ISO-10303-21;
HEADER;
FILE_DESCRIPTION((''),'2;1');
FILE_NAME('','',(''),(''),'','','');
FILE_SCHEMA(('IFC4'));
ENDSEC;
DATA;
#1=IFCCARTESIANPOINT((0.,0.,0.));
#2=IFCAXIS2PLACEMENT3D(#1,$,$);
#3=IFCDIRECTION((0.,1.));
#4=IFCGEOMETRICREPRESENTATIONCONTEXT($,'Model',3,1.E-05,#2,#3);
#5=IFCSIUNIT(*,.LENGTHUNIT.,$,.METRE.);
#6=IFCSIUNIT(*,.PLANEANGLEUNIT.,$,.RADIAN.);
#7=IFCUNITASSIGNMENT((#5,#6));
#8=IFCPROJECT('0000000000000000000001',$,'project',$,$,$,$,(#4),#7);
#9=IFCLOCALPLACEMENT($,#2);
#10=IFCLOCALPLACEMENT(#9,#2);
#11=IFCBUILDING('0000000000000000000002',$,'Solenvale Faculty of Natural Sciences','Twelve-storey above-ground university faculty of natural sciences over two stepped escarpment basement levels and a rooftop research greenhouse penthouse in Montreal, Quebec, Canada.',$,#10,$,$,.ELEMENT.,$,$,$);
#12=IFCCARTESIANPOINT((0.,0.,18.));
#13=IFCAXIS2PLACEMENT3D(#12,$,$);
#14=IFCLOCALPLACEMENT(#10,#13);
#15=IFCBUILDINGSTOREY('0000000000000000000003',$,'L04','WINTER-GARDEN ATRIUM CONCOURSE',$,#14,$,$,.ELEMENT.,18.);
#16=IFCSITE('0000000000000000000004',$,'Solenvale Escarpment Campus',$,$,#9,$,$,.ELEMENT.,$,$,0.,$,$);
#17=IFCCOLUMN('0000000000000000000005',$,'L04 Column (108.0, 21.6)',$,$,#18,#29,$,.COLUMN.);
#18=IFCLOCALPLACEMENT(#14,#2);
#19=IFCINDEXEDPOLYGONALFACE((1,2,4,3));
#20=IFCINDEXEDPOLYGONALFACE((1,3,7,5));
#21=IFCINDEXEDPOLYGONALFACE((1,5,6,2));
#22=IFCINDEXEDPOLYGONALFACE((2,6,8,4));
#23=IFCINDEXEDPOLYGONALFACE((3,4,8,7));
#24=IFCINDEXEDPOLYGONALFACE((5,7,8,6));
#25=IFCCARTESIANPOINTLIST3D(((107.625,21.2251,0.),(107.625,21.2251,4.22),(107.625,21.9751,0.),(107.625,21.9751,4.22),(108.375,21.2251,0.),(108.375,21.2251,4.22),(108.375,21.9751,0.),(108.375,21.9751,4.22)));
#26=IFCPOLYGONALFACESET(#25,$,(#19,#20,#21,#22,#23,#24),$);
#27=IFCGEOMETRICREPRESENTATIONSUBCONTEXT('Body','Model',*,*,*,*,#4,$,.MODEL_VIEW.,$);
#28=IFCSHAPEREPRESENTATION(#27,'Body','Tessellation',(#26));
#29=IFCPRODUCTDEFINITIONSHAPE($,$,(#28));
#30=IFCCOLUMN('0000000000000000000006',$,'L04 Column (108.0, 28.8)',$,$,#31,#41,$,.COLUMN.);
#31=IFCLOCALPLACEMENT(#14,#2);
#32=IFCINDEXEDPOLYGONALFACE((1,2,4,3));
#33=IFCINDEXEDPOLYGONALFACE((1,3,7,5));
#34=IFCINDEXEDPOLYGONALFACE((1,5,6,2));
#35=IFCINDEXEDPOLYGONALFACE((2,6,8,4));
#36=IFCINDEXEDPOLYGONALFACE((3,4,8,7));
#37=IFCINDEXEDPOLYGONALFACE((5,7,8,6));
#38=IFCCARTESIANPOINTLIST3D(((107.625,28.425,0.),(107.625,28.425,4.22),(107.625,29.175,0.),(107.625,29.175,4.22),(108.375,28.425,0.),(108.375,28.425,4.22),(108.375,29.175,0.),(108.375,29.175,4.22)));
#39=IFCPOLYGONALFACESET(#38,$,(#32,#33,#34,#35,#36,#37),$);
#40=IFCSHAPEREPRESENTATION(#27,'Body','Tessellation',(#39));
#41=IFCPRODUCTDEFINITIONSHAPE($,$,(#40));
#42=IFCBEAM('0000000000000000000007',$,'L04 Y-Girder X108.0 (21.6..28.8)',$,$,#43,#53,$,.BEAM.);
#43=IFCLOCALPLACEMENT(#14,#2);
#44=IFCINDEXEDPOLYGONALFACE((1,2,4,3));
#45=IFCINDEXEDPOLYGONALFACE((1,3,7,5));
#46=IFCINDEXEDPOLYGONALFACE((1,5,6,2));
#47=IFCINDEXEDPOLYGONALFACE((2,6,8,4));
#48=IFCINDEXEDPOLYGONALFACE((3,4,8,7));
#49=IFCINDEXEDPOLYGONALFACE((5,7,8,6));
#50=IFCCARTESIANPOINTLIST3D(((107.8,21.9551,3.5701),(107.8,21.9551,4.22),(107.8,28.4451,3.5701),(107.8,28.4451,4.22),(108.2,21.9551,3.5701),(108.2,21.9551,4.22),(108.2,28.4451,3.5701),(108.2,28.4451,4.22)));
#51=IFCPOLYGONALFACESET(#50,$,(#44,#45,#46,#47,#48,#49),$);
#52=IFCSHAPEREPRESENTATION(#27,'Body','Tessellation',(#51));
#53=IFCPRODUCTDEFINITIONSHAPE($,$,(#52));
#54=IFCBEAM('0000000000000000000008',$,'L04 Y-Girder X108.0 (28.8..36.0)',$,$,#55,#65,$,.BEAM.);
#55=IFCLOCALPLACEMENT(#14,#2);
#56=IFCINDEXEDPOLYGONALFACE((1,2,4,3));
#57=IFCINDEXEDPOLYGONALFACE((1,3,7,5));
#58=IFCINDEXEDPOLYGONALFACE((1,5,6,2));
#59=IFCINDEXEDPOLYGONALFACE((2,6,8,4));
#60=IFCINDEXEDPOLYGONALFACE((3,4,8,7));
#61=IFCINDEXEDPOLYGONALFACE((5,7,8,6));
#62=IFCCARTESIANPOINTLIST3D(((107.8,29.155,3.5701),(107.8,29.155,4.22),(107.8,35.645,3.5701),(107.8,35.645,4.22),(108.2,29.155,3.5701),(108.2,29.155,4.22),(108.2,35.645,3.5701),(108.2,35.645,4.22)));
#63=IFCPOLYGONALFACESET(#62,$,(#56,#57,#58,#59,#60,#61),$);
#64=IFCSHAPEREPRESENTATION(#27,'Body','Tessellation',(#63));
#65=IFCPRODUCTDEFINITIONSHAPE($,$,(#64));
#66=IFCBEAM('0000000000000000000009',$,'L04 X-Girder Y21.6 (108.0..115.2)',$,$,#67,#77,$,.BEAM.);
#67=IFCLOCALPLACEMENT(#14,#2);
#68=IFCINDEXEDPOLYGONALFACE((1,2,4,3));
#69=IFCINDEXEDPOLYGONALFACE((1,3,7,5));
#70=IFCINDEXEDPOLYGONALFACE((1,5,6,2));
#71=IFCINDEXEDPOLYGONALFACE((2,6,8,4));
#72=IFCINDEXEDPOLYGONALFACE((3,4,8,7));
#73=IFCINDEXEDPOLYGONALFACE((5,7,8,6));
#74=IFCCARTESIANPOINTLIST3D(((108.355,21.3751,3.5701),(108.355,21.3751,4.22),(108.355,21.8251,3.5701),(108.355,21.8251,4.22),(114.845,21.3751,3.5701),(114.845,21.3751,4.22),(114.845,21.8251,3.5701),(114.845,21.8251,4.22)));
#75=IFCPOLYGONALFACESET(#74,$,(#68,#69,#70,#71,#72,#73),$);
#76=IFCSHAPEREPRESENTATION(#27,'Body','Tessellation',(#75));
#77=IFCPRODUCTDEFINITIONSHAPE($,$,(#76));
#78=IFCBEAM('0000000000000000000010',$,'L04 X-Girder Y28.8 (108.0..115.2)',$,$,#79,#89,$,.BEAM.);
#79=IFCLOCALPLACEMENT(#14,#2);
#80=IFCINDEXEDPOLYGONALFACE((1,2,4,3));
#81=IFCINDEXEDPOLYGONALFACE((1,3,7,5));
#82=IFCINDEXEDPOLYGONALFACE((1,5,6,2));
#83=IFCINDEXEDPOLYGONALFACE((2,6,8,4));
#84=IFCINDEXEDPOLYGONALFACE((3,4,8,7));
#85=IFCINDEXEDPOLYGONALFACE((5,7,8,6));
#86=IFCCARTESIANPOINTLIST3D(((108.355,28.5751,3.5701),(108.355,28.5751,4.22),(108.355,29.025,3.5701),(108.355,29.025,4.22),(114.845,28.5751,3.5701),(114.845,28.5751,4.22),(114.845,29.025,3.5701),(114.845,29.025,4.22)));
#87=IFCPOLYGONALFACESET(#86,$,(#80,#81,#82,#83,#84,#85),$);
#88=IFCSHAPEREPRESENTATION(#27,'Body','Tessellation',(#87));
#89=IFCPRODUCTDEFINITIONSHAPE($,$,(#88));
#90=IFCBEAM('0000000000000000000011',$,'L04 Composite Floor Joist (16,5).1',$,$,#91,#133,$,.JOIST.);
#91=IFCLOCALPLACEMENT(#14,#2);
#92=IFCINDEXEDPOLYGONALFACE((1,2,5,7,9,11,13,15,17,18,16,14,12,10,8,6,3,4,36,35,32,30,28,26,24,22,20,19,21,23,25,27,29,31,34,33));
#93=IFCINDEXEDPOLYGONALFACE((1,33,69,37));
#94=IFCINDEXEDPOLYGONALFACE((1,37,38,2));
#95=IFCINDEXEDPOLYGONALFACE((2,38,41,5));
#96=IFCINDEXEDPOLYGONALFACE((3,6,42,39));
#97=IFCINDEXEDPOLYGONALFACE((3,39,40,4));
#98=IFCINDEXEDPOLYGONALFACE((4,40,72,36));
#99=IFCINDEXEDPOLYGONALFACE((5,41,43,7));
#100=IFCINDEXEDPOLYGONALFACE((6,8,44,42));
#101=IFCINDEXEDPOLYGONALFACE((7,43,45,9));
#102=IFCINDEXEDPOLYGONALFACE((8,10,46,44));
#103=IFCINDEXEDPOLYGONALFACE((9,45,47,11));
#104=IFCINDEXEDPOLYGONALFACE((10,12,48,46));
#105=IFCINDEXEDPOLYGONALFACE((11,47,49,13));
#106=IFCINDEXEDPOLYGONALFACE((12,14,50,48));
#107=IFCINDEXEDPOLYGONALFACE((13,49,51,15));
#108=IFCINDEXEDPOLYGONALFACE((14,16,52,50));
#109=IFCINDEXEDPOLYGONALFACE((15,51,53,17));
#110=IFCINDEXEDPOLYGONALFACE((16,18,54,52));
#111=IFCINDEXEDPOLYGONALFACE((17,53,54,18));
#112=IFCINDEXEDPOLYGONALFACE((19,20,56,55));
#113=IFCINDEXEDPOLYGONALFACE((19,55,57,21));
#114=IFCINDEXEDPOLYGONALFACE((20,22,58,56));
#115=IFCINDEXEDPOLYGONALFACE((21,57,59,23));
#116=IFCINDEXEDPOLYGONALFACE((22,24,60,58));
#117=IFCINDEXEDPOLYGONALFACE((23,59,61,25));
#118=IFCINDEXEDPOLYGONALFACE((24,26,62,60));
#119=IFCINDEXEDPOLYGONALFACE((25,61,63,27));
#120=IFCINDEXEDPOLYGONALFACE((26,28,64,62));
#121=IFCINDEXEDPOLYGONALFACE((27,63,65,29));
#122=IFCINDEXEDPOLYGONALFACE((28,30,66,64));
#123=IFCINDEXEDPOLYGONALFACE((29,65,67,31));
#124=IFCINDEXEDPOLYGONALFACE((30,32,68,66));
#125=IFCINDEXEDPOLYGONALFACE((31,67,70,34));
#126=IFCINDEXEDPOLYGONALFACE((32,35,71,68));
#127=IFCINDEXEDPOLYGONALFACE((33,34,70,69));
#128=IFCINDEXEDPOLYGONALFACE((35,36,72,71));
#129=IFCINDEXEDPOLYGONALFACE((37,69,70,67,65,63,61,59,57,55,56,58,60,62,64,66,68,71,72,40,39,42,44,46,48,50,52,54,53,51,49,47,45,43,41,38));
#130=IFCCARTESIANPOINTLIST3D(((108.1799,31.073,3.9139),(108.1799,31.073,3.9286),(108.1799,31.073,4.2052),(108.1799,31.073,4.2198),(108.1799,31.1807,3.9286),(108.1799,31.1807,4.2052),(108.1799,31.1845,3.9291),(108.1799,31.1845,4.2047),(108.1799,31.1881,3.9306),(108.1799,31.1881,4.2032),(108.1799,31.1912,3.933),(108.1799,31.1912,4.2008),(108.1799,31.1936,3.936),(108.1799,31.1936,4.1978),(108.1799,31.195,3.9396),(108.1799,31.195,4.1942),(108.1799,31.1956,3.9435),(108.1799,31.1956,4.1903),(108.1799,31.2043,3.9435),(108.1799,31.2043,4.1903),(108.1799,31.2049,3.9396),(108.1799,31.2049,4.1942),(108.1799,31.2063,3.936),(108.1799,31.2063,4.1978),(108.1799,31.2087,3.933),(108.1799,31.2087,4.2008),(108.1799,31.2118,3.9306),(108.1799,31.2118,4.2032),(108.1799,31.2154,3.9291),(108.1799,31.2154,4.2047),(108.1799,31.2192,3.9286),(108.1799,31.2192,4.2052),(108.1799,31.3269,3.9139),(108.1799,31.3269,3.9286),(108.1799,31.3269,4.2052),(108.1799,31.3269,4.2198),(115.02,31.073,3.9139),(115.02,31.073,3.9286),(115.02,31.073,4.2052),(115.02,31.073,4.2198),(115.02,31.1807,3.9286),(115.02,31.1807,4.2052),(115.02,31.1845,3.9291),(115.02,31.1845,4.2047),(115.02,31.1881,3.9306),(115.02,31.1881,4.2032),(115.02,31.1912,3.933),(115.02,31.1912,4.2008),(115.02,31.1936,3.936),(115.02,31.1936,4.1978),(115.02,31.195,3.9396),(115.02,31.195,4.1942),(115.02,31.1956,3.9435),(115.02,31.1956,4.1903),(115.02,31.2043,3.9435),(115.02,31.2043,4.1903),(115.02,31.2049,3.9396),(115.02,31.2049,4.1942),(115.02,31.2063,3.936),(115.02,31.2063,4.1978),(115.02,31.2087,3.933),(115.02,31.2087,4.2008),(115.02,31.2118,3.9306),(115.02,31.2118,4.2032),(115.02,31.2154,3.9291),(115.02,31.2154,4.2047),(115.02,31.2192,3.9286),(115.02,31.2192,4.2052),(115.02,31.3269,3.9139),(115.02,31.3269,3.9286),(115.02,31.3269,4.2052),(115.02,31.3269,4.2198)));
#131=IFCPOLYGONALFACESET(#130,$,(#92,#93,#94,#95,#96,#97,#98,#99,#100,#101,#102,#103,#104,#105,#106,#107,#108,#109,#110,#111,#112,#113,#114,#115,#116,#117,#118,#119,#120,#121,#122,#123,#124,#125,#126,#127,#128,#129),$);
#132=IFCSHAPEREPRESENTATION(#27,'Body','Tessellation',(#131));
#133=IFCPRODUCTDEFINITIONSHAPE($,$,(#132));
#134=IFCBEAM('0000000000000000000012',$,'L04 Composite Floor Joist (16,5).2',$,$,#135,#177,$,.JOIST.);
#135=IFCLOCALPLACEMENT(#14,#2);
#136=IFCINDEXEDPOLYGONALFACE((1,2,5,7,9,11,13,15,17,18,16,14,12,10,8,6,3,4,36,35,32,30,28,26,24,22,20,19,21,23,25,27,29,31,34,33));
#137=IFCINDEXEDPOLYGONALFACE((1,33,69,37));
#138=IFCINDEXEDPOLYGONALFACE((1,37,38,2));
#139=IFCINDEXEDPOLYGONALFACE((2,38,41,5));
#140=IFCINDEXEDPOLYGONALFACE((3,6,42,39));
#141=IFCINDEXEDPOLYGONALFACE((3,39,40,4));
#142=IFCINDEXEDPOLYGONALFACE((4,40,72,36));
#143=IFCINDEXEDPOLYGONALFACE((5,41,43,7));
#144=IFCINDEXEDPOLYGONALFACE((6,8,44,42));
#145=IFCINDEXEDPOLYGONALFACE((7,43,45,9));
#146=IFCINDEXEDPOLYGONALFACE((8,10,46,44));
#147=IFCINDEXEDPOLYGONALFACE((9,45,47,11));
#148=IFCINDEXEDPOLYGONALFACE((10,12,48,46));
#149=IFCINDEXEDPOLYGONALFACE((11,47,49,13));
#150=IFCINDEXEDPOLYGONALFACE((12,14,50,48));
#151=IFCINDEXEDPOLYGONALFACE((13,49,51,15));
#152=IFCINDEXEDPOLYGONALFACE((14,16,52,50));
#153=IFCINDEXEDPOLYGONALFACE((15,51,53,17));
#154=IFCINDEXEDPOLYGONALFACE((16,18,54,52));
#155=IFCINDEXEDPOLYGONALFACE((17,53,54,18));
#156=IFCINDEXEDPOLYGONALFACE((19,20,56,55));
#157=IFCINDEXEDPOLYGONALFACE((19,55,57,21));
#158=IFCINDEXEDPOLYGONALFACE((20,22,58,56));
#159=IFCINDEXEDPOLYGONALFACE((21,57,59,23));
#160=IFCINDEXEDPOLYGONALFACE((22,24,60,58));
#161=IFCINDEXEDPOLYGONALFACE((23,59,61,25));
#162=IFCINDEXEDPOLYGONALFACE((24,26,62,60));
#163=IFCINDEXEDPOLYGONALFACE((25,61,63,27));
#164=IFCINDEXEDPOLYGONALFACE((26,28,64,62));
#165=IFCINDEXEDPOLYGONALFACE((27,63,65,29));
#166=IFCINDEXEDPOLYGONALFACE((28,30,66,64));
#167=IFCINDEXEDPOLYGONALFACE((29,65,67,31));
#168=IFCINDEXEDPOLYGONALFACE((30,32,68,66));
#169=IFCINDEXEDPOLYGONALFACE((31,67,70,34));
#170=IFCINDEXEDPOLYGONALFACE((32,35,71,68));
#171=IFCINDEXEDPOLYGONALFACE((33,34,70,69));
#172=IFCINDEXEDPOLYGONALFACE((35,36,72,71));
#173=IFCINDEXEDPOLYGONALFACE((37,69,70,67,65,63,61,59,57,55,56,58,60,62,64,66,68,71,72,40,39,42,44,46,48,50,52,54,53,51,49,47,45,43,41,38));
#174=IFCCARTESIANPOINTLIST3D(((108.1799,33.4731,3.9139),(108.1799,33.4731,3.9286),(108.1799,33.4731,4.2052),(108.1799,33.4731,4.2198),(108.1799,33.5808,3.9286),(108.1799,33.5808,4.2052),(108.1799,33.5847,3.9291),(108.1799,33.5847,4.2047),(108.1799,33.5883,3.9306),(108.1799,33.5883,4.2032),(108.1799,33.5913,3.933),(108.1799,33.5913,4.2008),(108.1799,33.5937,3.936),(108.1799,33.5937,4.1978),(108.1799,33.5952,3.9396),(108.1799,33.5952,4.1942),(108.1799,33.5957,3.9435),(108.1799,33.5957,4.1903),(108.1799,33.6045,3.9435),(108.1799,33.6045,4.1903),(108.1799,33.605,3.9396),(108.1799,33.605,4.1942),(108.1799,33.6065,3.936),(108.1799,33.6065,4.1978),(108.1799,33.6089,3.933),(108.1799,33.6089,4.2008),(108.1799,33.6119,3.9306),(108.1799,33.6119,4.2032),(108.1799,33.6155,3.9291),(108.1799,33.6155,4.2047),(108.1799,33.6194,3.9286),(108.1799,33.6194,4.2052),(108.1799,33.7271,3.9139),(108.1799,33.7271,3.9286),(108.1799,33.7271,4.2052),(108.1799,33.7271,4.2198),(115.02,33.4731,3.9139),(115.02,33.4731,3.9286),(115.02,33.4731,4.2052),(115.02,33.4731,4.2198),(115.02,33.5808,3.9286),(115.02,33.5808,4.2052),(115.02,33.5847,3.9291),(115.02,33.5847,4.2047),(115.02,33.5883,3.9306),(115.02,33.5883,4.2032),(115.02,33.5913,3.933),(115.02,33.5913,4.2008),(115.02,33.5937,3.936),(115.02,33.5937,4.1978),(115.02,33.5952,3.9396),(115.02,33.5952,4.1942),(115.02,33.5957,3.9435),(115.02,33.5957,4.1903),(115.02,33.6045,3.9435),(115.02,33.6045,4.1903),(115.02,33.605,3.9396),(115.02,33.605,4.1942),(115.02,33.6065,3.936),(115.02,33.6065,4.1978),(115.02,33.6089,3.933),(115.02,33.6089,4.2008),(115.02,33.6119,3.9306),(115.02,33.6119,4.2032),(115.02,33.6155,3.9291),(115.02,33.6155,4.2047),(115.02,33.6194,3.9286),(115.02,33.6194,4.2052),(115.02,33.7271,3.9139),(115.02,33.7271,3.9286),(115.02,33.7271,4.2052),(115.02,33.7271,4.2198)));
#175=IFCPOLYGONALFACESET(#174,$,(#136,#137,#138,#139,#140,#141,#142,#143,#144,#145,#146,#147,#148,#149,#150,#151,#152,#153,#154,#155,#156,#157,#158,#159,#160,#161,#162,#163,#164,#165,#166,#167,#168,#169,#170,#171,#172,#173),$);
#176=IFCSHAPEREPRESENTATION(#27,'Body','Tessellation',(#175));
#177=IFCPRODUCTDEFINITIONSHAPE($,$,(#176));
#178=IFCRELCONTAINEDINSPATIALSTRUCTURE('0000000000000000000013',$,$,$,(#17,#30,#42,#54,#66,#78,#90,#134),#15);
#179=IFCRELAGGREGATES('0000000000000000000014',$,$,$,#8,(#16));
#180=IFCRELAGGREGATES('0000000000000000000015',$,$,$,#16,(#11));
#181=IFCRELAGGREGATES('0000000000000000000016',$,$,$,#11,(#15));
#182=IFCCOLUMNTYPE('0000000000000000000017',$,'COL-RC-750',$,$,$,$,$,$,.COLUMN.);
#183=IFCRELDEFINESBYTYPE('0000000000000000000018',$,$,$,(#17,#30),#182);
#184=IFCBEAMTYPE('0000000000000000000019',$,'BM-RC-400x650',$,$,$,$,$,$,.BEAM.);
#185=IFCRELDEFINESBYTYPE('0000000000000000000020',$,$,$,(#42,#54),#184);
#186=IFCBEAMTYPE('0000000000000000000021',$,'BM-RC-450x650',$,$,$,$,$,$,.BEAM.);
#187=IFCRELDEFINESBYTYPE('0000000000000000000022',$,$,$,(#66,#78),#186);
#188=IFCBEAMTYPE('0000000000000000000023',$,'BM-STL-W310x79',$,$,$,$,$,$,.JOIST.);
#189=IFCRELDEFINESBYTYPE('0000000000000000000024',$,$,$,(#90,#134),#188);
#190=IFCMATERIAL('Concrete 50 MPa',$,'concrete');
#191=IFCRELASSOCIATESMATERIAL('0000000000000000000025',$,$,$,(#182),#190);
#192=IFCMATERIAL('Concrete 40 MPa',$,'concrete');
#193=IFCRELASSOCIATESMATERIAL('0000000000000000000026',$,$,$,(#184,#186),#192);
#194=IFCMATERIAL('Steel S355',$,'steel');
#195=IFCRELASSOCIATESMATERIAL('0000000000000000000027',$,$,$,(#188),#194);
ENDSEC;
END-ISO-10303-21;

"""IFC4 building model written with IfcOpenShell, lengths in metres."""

from ifc_helpers import new_model, si_unit, direction, frame, origin, origin_2d, place, context, subcontext, project, spatial, rectangle, i_section, extrude, material, material_profile, profile_set, type_object, element, save


model = new_model("IFC4")

# Units and contexts
model_context = context("Model", 3, precision=1e-05, world=origin(), true_north=direction((0.0, 1.0)))
body_context = subcontext(model_context, "Body", "Model", "MODEL_VIEW")
ifc_project = project(units=[si_unit("LENGTHUNIT", "METRE"), si_unit("PLANEANGLEUNIT", "RADIAN")], contexts=[model_context])

# Site, building, storey
site_placement = place(None, origin())
site = spatial("IfcSite", under=ifc_project, at=site_placement, Name="Solenvale Escarpment Campus", CompositionType="ELEMENT", RefElevation=0.0)
building_placement = place(site_placement, origin())
building = spatial("IfcBuilding", under=site, at=building_placement, Name="Solenvale Faculty of Natural Sciences", Description="Twelve-storey above-ground university faculty of natural sciences over two stepped escarpment basement levels and a rooftop research greenhouse penthouse in Montreal, Quebec, Canada.", CompositionType="ELEMENT")
storey_placement = place(building_placement, frame((0.0, 0.0, 18.0)))
storey = spatial("IfcBuildingStorey", under=building, at=storey_placement, Name="L04", Description="WINTER-GARDEN ATRIUM CONCOURSE", CompositionType="ELEMENT", Elevation=18.0)

# Columns
ifc_material_1 = material(Name="Concrete 50 MPa", Category="concrete")
ifc_material_profile_1 = material_profile(ifc_material_1, rectangle(XDim=0.75, YDim=0.75, at=origin_2d()), Name="RC-COL-750x750")
ifc_profile_set_1 = profile_set([ifc_material_profile_1], Name="Concrete 50 MPa")
column_type = type_object("IfcColumnType", Name="COL-RC-750", PredefinedType="COLUMN", material=ifc_profile_set_1)
for number, where, z_axis, x_axis, name in (
    (1, (108.0, 21.6001, 0.0), (0.0, 0.0, 1.0), (1.0, 0.0, 0.0), "L04 Column (108.0, 21.6)"),
    (2, (108.0, 28.8, 0.0), (0.0, 0.0, 1.0), (1.0, 0.0, 0.0), "L04 Column (108.0, 28.8)"),
):
    element("IfcColumn", number, at=place(storey_placement, frame(where, z_axis=z_axis, x_axis=x_axis)), inside=storey, type_object=column_type, Name=name, PredefinedType="COLUMN", context=body_context, shape_type="SweptSolid", body=[
        extrude(rectangle(XDim=0.75, YDim=0.75, at=origin_2d()), origin(), (0.0, 0.0, 1.0), 4.22),
    ])

# Beams
ifc_material_2 = material(Name="Concrete 40 MPa", Category="concrete")
ifc_material_profile_2 = material_profile(ifc_material_2, rectangle(XDim=0.3999, YDim=0.6499, at=origin_2d()), Name="RC-BM-400x650")
ifc_profile_set_2 = profile_set([ifc_material_profile_2], Name="Concrete 40 MPa")
beam_type_1 = type_object("IfcBeamType", Name="BM-RC-400x650", PredefinedType="BEAM", material=ifc_profile_set_2)
for number, where, z_axis, x_axis, name in (
    (3, (108.0, 21.9551, 3.895), (0.0, 1.0, 0.0), (-1.0, 0.0, 0.0), "L04 Y-Girder X108.0 (21.6..28.8)"),
    (4, (108.0, 29.155, 3.895), (0.0, 1.0, 0.0), (-1.0, 0.0, 0.0), "L04 Y-Girder X108.0 (28.8..36.0)"),
):
    element("IfcBeam", number, at=place(storey_placement, frame(where, z_axis=z_axis, x_axis=x_axis)), inside=storey, type_object=beam_type_1, Name=name, PredefinedType="BEAM", context=body_context, shape_type="SweptSolid", body=[
        extrude(rectangle(XDim=0.3999, YDim=0.6499, at=origin_2d()), origin(), (0.0, 0.0, 1.0), 6.49),
    ])
ifc_material_profile_3 = material_profile(ifc_material_2, rectangle(XDim=0.45, YDim=0.6499, at=origin_2d()), Name="RC-BM-450x650")
ifc_profile_set_3 = profile_set([ifc_material_profile_3], Name="Concrete 40 MPa")
beam_type_2 = type_object("IfcBeamType", Name="BM-RC-450x650", PredefinedType="BEAM", material=ifc_profile_set_3)
for number, where, z_axis, x_axis, name in (
    (5, (108.355, 21.6001, 3.895), (1.0, 0.0, 0.0), (0.0, 1.0, 0.0), "L04 X-Girder Y21.6 (108.0..115.2)"),
    (6, (108.355, 28.8, 3.895), (1.0, 0.0, 0.0), (0.0, 1.0, 0.0), "L04 X-Girder Y28.8 (108.0..115.2)"),
):
    element("IfcBeam", number, at=place(storey_placement, frame(where, z_axis=z_axis, x_axis=x_axis)), inside=storey, type_object=beam_type_2, Name=name, PredefinedType="BEAM", context=body_context, shape_type="SweptSolid", body=[
        extrude(rectangle(XDim=0.45, YDim=0.6499, at=origin_2d()), origin(), (0.0, 0.0, 1.0), 6.49),
    ])
ifc_material_3 = material(Name="Steel S355", Category="steel")
ifc_material_profile_4 = material_profile(ifc_material_3, i_section(OverallWidth=0.2539, OverallDepth=0.3059, WebThickness=0.0088, FlangeThickness=0.0146, FilletRadius=0.0149, at=origin_2d()), Name="W310x79")
ifc_profile_set_4 = profile_set([ifc_material_profile_4], Name="Steel S355")
beam_type_3 = type_object("IfcBeamType", Name="BM-STL-W310x79", PredefinedType="JOIST", material=ifc_profile_set_4)
for number, where, z_axis, x_axis, name in (
    (7, (108.1799, 31.2, 4.0669), (1.0, 0.0, 0.0), (0.0, 1.0, 0.0), "L04 Composite Floor Joist (16,5).1"),
    (8, (108.1799, 33.6001, 4.0669), (1.0, 0.0, 0.0), (0.0, 1.0, 0.0), "L04 Composite Floor Joist (16,5).2"),
):
    element("IfcBeam", number, at=place(storey_placement, frame(where, z_axis=z_axis, x_axis=x_axis)), inside=storey, type_object=beam_type_3, Name=name, PredefinedType="JOIST", context=body_context, shape_type="SweptSolid", body=[
        extrude(i_section(OverallWidth=0.2539, OverallDepth=0.3059, WebThickness=0.0088, FlangeThickness=0.0146, FilletRadius=0.0149, at=origin_2d()), origin(), (0.0, 0.0, 1.0), 6.8401),
    ])

save(model, "model.ifc")
